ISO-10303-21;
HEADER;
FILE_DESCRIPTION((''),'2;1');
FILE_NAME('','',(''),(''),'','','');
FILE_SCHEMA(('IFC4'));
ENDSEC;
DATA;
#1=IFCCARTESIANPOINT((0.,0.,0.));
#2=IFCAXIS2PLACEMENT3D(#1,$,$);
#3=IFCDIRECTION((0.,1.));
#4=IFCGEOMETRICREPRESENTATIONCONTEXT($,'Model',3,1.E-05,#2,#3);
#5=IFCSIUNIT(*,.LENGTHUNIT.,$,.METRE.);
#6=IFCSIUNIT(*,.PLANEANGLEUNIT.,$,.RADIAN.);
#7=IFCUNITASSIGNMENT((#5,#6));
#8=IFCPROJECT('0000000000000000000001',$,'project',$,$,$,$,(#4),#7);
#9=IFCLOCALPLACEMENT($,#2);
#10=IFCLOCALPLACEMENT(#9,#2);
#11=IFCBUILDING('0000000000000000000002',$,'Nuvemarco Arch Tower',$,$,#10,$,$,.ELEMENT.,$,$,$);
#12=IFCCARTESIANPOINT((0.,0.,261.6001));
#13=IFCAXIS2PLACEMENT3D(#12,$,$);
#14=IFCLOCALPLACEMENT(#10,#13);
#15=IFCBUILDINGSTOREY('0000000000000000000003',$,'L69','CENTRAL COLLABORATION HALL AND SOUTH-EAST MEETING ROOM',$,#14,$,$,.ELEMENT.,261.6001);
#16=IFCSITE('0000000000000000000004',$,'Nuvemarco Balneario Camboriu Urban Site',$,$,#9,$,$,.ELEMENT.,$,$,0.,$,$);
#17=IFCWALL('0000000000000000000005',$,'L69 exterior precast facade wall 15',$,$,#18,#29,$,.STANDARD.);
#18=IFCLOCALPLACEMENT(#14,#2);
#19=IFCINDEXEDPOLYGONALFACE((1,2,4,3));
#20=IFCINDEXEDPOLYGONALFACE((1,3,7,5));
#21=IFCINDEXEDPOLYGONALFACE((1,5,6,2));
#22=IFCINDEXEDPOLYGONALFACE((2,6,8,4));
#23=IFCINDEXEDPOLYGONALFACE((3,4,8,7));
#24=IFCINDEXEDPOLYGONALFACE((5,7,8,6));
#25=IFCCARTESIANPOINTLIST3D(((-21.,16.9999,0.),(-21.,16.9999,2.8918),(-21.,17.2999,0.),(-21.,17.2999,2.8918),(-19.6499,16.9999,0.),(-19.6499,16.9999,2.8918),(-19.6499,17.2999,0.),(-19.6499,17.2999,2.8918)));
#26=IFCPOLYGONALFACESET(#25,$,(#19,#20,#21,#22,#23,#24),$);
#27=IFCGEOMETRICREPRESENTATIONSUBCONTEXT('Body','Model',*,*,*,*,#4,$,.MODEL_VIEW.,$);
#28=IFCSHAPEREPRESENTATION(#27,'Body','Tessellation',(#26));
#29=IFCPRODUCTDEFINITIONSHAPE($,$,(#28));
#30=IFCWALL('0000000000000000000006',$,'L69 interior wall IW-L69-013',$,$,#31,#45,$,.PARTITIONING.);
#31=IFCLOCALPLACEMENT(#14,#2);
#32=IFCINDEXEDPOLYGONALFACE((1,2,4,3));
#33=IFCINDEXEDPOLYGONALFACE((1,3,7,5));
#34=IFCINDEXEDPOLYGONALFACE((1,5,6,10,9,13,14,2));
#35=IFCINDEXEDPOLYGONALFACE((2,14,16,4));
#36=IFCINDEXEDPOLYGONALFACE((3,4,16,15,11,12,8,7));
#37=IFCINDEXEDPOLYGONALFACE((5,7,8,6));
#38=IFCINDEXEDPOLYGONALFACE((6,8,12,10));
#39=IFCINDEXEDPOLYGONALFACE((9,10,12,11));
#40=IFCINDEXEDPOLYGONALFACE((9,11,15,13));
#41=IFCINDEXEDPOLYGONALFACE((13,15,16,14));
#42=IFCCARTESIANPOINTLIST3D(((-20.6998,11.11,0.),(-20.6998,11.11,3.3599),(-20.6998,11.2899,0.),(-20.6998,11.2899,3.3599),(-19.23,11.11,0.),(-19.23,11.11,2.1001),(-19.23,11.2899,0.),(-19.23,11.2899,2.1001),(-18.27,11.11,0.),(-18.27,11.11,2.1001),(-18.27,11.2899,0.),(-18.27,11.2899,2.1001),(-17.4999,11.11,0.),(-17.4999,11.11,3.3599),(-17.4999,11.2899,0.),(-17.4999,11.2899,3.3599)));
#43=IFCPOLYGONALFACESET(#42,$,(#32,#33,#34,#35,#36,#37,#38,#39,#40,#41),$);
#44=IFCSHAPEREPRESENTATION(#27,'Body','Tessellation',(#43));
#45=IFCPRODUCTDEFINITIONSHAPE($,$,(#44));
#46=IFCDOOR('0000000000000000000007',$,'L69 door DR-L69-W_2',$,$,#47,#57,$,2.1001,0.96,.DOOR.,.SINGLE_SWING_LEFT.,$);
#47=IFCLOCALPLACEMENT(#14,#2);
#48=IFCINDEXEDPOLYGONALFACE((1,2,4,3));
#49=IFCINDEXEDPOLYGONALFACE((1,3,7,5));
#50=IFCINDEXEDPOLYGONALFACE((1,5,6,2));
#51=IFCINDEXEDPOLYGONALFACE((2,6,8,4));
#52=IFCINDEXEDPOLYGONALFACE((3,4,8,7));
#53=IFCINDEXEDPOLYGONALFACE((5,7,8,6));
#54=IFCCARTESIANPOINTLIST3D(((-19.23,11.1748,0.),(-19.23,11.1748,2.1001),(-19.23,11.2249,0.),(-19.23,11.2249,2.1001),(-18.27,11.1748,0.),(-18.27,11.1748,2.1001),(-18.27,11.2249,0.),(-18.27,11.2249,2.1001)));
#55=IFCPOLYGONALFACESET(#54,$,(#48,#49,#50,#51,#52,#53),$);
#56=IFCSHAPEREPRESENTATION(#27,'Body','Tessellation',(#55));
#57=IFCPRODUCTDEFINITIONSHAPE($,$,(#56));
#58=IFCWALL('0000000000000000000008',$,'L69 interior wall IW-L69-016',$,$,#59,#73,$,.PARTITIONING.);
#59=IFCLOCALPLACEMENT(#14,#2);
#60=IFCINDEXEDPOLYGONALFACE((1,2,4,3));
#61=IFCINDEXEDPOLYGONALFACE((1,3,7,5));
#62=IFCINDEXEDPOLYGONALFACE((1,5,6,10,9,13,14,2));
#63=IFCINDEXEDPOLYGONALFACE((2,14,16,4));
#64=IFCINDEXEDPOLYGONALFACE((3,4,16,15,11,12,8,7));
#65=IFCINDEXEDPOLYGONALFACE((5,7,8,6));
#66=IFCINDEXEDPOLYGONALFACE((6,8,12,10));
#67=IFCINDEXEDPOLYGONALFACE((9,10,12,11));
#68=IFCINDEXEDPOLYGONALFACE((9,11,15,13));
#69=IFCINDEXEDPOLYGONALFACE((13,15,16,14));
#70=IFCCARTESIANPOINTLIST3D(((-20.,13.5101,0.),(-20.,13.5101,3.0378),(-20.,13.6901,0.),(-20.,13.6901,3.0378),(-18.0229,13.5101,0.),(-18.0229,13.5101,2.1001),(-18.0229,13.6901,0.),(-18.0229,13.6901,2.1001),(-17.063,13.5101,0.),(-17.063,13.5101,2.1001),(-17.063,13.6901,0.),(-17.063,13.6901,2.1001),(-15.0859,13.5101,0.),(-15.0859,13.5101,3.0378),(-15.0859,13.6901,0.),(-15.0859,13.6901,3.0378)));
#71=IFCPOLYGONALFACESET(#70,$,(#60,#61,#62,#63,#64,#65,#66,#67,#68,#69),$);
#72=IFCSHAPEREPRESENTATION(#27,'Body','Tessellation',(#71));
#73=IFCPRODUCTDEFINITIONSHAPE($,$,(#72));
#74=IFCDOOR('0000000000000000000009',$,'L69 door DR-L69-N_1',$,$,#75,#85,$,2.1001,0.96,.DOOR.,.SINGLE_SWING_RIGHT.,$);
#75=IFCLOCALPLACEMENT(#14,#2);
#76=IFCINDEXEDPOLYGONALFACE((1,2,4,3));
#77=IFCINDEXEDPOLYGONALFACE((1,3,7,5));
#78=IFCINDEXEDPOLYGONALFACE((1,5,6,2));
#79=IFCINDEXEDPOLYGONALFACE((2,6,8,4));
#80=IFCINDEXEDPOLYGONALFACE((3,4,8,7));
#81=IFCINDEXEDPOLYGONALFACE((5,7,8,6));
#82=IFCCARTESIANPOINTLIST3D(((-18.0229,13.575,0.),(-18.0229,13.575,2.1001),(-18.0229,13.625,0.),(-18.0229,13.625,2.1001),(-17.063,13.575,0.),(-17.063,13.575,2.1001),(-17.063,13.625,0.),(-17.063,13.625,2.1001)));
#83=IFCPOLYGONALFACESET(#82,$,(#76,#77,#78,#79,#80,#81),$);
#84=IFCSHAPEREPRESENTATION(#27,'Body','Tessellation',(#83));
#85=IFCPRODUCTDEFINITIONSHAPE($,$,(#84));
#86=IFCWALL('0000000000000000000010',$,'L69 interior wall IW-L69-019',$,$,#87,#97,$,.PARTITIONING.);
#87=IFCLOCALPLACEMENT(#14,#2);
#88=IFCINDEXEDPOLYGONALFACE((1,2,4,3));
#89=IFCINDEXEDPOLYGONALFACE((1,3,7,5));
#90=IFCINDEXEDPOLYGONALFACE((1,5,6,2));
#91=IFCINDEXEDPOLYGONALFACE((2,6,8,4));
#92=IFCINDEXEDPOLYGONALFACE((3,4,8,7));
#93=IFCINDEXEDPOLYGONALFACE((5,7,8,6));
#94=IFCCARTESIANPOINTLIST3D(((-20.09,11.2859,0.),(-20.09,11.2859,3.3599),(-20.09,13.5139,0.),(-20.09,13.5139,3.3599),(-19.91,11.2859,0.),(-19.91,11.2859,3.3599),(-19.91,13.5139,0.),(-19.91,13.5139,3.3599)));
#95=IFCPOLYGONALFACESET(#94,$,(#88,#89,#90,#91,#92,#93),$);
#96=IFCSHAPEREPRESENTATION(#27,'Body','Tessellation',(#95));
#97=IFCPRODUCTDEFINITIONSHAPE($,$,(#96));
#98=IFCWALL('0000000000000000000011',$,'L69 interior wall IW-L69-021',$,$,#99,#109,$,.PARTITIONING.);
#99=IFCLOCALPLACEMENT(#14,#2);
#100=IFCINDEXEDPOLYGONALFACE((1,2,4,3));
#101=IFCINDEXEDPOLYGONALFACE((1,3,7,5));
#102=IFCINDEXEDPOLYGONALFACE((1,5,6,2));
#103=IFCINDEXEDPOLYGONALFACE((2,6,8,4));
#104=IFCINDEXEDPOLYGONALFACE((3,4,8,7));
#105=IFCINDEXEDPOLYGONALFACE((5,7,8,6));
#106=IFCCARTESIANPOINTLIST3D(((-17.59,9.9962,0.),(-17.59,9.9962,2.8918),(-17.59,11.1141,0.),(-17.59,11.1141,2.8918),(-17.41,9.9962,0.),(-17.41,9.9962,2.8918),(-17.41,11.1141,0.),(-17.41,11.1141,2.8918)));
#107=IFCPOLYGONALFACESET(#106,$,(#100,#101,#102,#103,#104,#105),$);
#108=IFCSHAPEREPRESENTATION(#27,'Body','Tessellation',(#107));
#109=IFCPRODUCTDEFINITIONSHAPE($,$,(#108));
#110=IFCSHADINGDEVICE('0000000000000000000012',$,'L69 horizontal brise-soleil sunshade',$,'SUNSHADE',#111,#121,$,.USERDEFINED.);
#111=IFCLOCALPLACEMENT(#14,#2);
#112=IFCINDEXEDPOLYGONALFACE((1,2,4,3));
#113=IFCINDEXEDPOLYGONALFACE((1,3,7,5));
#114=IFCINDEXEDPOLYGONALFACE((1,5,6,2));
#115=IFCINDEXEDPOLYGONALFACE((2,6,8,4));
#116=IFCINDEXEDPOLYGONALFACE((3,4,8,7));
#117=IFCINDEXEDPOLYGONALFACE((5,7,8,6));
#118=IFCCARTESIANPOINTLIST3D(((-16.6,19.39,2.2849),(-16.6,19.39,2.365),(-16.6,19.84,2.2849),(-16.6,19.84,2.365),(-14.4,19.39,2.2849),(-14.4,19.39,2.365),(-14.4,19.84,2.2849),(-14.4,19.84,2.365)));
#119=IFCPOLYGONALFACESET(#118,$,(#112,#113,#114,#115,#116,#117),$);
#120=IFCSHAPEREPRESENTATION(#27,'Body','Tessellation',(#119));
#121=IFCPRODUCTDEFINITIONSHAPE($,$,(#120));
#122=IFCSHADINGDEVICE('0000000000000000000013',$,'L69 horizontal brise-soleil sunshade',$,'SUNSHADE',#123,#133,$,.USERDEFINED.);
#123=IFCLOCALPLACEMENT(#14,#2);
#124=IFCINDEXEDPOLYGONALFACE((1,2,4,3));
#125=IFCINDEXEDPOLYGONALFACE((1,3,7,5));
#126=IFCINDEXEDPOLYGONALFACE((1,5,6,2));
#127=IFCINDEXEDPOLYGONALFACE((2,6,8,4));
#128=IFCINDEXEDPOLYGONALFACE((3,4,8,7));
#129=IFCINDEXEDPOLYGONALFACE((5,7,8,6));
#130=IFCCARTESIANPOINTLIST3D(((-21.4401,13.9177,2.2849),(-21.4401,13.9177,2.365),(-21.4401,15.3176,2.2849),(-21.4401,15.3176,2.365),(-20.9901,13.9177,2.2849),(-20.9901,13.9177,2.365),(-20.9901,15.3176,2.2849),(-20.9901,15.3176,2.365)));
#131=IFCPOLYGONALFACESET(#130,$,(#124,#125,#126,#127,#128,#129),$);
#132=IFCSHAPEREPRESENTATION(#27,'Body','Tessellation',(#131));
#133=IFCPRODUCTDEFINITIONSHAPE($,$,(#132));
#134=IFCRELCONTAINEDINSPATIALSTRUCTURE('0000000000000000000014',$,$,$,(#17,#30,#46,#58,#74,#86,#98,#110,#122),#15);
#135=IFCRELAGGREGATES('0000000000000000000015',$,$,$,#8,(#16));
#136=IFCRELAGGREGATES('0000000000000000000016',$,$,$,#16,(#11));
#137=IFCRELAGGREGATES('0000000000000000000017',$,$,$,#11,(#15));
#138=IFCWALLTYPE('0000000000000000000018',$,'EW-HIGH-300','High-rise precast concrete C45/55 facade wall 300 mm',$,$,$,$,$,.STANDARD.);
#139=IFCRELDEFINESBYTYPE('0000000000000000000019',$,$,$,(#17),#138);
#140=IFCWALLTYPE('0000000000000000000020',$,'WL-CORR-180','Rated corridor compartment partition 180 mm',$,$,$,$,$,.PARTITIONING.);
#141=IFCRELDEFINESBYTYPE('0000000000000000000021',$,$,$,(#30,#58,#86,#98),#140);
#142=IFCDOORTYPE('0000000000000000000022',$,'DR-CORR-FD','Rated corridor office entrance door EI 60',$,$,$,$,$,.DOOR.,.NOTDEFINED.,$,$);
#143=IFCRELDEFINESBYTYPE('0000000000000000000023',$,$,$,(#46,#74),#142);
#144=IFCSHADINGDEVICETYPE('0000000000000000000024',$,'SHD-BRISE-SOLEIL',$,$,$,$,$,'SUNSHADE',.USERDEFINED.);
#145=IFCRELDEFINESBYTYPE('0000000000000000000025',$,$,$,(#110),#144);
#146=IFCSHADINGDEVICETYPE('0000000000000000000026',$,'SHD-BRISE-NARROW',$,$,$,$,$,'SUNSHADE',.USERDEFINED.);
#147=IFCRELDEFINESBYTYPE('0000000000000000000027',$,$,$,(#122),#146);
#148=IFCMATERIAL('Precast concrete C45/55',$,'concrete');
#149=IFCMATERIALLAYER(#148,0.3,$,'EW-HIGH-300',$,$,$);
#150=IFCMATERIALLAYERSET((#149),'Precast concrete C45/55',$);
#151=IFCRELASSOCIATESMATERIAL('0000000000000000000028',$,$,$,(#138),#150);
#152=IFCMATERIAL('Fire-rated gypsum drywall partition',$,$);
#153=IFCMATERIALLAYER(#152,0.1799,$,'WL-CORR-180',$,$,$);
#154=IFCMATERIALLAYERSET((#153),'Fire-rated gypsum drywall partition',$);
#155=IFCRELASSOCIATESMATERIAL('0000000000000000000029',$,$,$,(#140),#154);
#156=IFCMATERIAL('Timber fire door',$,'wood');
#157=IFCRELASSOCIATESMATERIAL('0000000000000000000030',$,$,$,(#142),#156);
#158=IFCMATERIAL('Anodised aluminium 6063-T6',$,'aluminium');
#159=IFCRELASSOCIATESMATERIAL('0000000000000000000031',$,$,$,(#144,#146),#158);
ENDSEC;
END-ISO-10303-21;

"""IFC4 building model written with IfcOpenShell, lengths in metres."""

from ifc_helpers import new_model, si_unit, direction, frame, frame_2d, origin, origin_2d, place, context, subcontext, project, spatial, rectangle, extrude, source, transform, mapped, material, layer, layer_set, type_object, type_shapes, element, fill, save


model = new_model("IFC4")

# Units and contexts
model_context = context("Model", 3, precision=1e-05, world=origin(), true_north=direction((0.0, 1.0)))
body_context = subcontext(model_context, "Body", "Model", "MODEL_VIEW")
ifc_project = project(units=[si_unit("LENGTHUNIT", "METRE"), si_unit("PLANEANGLEUNIT", "RADIAN")], contexts=[model_context])

# Site, building, storey
site_placement = place(None, origin())
site = spatial("IfcSite", under=ifc_project, at=site_placement, Name="Nuvemarco Balneario Camboriu Urban Site", CompositionType="ELEMENT", RefElevation=0.0)
building_placement = place(site_placement, origin())
building = spatial("IfcBuilding", under=site, at=building_placement, Name="Nuvemarco Arch Tower", CompositionType="ELEMENT")
storey_placement = place(building_placement, frame((0.0, 0.0, 261.6001)))
storey = spatial("IfcBuildingStorey", under=building, at=storey_placement, Name="L69", Description="CENTRAL COLLABORATION HALL AND SOUTH-EAST MEETING ROOM", CompositionType="ELEMENT", Elevation=261.6001)

# Shared definitions
ifc_material_1 = material(Name="Precast concrete C45/55", Category="concrete")
ifc_layer_1 = layer(ifc_material_1, 0.3, Name="EW-HIGH-300")
ifc_layer_set_1 = layer_set([ifc_layer_1], Name="Precast concrete C45/55")
wall_type_1 = type_object("IfcWallType", Name="EW-HIGH-300", Description="High-rise precast concrete C45/55 facade wall 300 mm", PredefinedType="STANDARD", material=ifc_layer_set_1)

# Wall
wall_1_placement = place(storey_placement, frame((-21.0, 17.1499, 0.0), z_axis=(0.0, 0.0, 1.0), x_axis=(1.0, 0.0, 0.0)))
element("IfcWall", 1, at=wall_1_placement, inside=storey, type_object=wall_type_1, Name="L69 exterior precast facade wall 15", PredefinedType="STANDARD", context=body_context, shape_type="SweptSolid", body=[
    extrude(rectangle(XDim=1.3501, YDim=0.3, at=frame_2d((0.675, 0.0))), origin(), (0.0, 0.0, 1.0), 2.8918),
])

# Walls, openings, doors
ifc_material_2 = material(Name="Fire-rated gypsum drywall partition")
ifc_layer_2 = layer(ifc_material_2, 0.1799, Name="WL-CORR-180")
ifc_layer_set_2 = layer_set([ifc_layer_2], Name="Fire-rated gypsum drywall partition")
wall_type_2 = type_object("IfcWallType", Name="WL-CORR-180", Description="Rated corridor compartment partition 180 mm", PredefinedType="PARTITIONING", material=ifc_layer_set_2)
wall_2_placement = place(storey_placement, frame((-20.7, 11.2, 0.0), z_axis=(0.0, 0.0, 1.0), x_axis=(1.0, 0.0, 0.0)))
wall_2 = element("IfcWall", 2, at=wall_2_placement, inside=storey, type_object=wall_type_2, Name="L69 interior wall IW-L69-013", PredefinedType="PARTITIONING", context=body_context, shape_type="SweptSolid", body=[
    extrude(rectangle(XDim=3.2, YDim=0.1799, at=frame_2d((1.6001, 0.0))), origin(), (0.0, 0.0, 1.0), 3.3599),
])
opening_1_placement = place(wall_2_placement, frame((1.47, 0.0, 0.0)))
opening_1 = element("IfcOpeningElement", 3, at=opening_1_placement, cuts=wall_2, PredefinedType="OPENING", context=body_context, shape_type="SweptSolid", body=[
    extrude(rectangle(XDim=0.96, YDim=2.1001, at=frame_2d((0.48, 1.05))), frame((0.0, 0.0999, 0.0), z_axis=(0.0, -1.0, 0.0), x_axis=(1.0, 0.0, 0.0)), (0.0, 0.0, 1.0), 0.2),
])
ifc_material_3 = material(Name="Timber fire door", Category="wood")
door_type_1 = type_object("IfcDoorType", Name="DR-CORR-FD", Description="Rated corridor office entrance door EI 60", OperationType="NOTDEFINED", PredefinedType="DOOR", material=ifc_material_3)
shared_shape_1 = source(origin(), body_context, "Body", "SweptSolid", [
    extrude(rectangle(XDim=0.96, YDim=2.1001, at=frame_2d((0.48, 1.05))), frame((0.0, 0.0249, 0.0), z_axis=(0.0, -1.0, 0.0), x_axis=(1.0, 0.0, 0.0)), (0.0, 0.0, 1.0), 0.05),
])
type_shapes(door_type_1, [shared_shape_1])
door_1_placement = place(opening_1_placement, origin())
door_1 = element("IfcDoor", 4, at=door_1_placement, inside=storey, type_object=door_type_1, Name="L69 door DR-L69-W_2", OperationType="SINGLE_SWING_LEFT", OverallHeight=2.1001, OverallWidth=0.96, PredefinedType="DOOR", context=body_context, shape_type="MappedRepresentation", body=[
    mapped(shared_shape_1, transform((0.0, 0.0, 0.0), scale=1.0)),
])
fill(opening_1, door_1)
wall_3_placement = place(storey_placement, frame((-20.0, 13.6001, 0.0), z_axis=(0.0, 0.0, 1.0), x_axis=(1.0, 0.0, 0.0)))
wall_3 = element("IfcWall", 5, at=wall_3_placement, inside=storey, type_object=wall_type_2, Name="L69 interior wall IW-L69-016", PredefinedType="PARTITIONING", context=body_context, shape_type="SweptSolid", body=[
    extrude(rectangle(XDim=4.9141, YDim=0.1799, at=frame_2d((2.457, 0.0))), origin(), (0.0, 0.0, 1.0), 3.0378),
])
opening_2_placement = place(wall_3_placement, frame((1.9771, 0.0, 0.0)))
opening_2 = element("IfcOpeningElement", 6, at=opening_2_placement, cuts=wall_3, PredefinedType="OPENING", context=body_context, shape_type="SweptSolid", body=[
    extrude(rectangle(XDim=0.96, YDim=2.1001, at=frame_2d((0.48, 1.05))), frame((0.0, 0.0999, 0.0), z_axis=(0.0, -1.0, 0.0), x_axis=(1.0, 0.0, 0.0)), (0.0, 0.0, 1.0), 0.2),
])
door_2_placement = place(opening_2_placement, origin())
door_2 = element("IfcDoor", 7, at=door_2_placement, inside=storey, type_object=door_type_1, Name="L69 door DR-L69-N_1", OperationType="SINGLE_SWING_RIGHT", OverallHeight=2.1001, OverallWidth=0.96, PredefinedType="DOOR", context=body_context, shape_type="MappedRepresentation", body=[
    mapped(shared_shape_1, transform((0.0, 0.0, 0.0), scale=1.0)),
])
fill(opening_2, door_2)

# Walls
wall_4_placement = place(storey_placement, frame((-20.0, 11.2859, 0.0), z_axis=(0.0, 0.0, 1.0), x_axis=(0.0, 1.0, 0.0)))
element("IfcWall", 8, at=wall_4_placement, inside=storey, type_object=wall_type_2, Name="L69 interior wall IW-L69-019", PredefinedType="PARTITIONING", context=body_context, shape_type="SweptSolid", body=[
    extrude(rectangle(XDim=2.228, YDim=0.1799, at=frame_2d((1.114, 0.0))), origin(), (0.0, 0.0, 1.0), 3.3599),
])
wall_5_placement = place(storey_placement, frame((-17.5, 9.9961, 0.0), z_axis=(0.0, 0.0, 1.0), x_axis=(0.0, 1.0, 0.0)))
element("IfcWall", 9, at=wall_5_placement, inside=storey, type_object=wall_type_2, Name="L69 interior wall IW-L69-021", PredefinedType="PARTITIONING", context=body_context, shape_type="SweptSolid", body=[
    extrude(rectangle(XDim=1.1179, YDim=0.1799, at=frame_2d((0.5591, 0.0))), origin(), (0.0, 0.0, 1.0), 2.8918),
])

# Shading devices
ifc_material_4 = material(Name="Anodised aluminium 6063-T6", Category="aluminium")
shading_device_type_1 = type_object("IfcShadingDeviceType", Name="SHD-BRISE-SOLEIL", ElementType="SUNSHADE", PredefinedType="USERDEFINED", material=ifc_material_4)
shared_shape_2 = source(origin(), body_context, "Body", "SweptSolid", [
    extrude(rectangle(XDim=2.2, YDim=0.45, at=origin_2d()), origin(), (0.0, 0.0, 1.0), 0.0801),
])
type_shapes(shading_device_type_1, [shared_shape_2])
shading_device_1_placement = place(storey_placement, frame((-15.5, 19.615, 2.2849), z_axis=(0.0, 0.0, 1.0), x_axis=(1.0, 0.0, 0.0)))
element("IfcShadingDevice", 10, at=shading_device_1_placement, inside=storey, type_object=shading_device_type_1, Name="L69 horizontal brise-soleil sunshade", ObjectType="SUNSHADE", PredefinedType="USERDEFINED", context=body_context, shape_type="MappedRepresentation", body=[
    mapped(shared_shape_2, transform((0.0, 0.0, 0.0), scale=1.0)),
])
shading_device_type_2 = type_object("IfcShadingDeviceType", Name="SHD-BRISE-NARROW", ElementType="SUNSHADE", PredefinedType="USERDEFINED", material=ifc_material_4)
shared_shape_3 = source(origin(), body_context, "Body", "SweptSolid", [
    extrude(rectangle(XDim=1.3999, YDim=0.45, at=origin_2d()), origin(), (0.0, 0.0, 1.0), 0.0801),
])
type_shapes(shading_device_type_2, [shared_shape_3])
shading_device_2_placement = place(storey_placement, frame((-21.2151, 14.6177, 2.2849), z_axis=(0.0, 0.0, 1.0), x_axis=(0.0, 1.0, 0.0)))
element("IfcShadingDevice", 11, at=shading_device_2_placement, inside=storey, type_object=shading_device_type_2, Name="L69 horizontal brise-soleil sunshade", ObjectType="SUNSHADE", PredefinedType="USERDEFINED", context=body_context, shape_type="MappedRepresentation", body=[
    mapped(shared_shape_3, transform((0.0, 0.0, 0.0), scale=1.0)),
])

save(model, "model.ifc")
